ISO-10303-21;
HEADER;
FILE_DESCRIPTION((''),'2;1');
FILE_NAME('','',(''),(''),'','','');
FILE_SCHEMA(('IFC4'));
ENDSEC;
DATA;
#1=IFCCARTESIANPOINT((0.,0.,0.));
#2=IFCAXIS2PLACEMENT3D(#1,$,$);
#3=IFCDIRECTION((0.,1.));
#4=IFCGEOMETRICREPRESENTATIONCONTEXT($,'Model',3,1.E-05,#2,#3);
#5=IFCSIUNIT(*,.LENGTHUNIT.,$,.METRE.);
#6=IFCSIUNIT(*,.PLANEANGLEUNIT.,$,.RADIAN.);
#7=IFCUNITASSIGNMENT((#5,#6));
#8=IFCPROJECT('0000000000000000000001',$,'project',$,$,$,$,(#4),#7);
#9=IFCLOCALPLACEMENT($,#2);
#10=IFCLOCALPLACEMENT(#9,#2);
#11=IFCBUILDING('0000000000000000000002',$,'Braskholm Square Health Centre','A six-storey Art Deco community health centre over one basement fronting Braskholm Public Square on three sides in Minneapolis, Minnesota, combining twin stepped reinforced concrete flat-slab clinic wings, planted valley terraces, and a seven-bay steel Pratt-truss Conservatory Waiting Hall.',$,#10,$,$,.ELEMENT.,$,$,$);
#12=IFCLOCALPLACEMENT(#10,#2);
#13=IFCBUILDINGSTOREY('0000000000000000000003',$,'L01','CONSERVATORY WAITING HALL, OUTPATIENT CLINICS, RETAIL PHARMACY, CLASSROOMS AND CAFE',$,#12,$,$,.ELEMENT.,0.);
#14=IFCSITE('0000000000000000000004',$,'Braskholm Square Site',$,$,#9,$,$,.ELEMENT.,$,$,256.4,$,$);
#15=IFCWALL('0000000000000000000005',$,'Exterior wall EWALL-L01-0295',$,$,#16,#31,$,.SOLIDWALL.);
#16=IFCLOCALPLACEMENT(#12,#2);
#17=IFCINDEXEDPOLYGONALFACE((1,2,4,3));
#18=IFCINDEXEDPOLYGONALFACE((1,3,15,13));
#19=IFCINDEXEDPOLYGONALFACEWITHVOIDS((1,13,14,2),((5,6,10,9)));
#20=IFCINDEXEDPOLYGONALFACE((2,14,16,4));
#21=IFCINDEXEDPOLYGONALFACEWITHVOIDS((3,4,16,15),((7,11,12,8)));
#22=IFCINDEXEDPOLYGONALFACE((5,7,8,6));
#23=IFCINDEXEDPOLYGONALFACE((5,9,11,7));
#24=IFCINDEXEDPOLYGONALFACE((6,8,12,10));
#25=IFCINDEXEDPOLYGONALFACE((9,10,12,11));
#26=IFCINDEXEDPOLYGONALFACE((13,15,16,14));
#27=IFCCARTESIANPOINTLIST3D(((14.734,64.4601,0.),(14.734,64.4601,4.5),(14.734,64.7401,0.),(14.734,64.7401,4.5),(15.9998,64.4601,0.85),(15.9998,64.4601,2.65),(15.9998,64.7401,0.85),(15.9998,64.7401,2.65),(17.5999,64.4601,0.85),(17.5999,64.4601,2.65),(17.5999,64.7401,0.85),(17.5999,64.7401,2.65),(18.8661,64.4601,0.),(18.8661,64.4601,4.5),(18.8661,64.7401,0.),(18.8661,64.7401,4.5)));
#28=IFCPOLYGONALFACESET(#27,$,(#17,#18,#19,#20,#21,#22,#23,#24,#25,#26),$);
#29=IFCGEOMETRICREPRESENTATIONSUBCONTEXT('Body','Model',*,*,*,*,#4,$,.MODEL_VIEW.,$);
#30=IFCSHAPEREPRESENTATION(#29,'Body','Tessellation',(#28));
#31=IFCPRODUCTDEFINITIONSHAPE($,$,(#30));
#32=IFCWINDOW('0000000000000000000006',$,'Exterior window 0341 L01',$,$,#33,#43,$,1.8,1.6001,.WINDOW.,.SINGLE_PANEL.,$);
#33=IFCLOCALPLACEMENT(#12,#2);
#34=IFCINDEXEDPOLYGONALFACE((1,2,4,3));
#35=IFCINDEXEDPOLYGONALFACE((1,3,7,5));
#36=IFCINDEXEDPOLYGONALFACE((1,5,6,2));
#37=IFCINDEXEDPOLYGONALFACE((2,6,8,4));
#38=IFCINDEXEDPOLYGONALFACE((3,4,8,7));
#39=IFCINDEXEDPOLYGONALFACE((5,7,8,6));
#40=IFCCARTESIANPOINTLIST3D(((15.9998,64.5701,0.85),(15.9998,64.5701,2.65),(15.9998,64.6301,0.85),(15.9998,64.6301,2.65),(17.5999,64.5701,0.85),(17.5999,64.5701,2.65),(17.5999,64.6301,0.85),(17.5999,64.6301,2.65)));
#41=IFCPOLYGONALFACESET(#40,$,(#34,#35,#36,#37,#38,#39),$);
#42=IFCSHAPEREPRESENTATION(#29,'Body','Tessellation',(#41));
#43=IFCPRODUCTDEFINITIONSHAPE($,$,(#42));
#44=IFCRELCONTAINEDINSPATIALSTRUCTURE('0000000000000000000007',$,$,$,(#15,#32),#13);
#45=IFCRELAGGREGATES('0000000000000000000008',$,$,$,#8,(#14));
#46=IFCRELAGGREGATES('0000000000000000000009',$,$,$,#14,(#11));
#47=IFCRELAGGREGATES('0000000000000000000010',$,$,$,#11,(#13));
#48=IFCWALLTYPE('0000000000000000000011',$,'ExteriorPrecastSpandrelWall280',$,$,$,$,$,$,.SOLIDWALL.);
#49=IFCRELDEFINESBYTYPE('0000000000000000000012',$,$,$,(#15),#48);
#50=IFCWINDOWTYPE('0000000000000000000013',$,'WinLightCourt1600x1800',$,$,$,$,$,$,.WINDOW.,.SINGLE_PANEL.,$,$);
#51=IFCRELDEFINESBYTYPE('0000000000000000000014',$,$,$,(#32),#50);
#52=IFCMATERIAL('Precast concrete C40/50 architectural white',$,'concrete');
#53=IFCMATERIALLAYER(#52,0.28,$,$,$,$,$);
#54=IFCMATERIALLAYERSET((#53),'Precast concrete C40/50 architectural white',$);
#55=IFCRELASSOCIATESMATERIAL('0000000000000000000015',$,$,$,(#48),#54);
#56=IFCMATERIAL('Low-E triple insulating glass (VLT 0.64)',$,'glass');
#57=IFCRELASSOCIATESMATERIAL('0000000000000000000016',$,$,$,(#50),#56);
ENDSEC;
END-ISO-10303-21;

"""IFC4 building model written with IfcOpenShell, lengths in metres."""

from ifc_helpers import new_model, si_unit, direction, frame, frame_2d, origin, origin_with_axes, place, context, subcontext, project, spatial, rectangle, extrude, material, layer, layer_set, type_object, element, fill, save


model = new_model("IFC4")

# Units and contexts
model_context = context("Model", 3, precision=1e-05, world=origin(), true_north=direction((0.0, 1.0)))
body_context = subcontext(model_context, "Body", "Model", "MODEL_VIEW")
ifc_project = project(units=[si_unit("LENGTHUNIT", "METRE"), si_unit("PLANEANGLEUNIT", "RADIAN")], contexts=[model_context])

# Site, building, storey
site_placement = place(None, origin())
site = spatial("IfcSite", under=ifc_project, at=site_placement, Name="Braskholm Square Site", CompositionType="ELEMENT", RefElevation=256.4)
building_placement = place(site_placement, origin())
building = spatial("IfcBuilding", under=site, at=building_placement, Name="Braskholm Square Health Centre", Description="A six-storey Art Deco community health centre over one basement fronting Braskholm Public Square on three sides in Minneapolis, Minnesota, combining twin stepped reinforced concrete flat-slab clinic wings, planted valley terraces, and a seven-bay steel Pratt-truss Conservatory Waiting Hall.", CompositionType="ELEMENT")
storey_placement = place(building_placement, origin())
storey = spatial("IfcBuildingStorey", under=building, at=storey_placement, Name="L01", Description="CONSERVATORY WAITING HALL, OUTPATIENT CLINICS, RETAIL PHARMACY, CLASSROOMS AND CAFE", CompositionType="ELEMENT", Elevation=0.0)

# Shared definitions
ifc_material_1 = material(Name="Low-E triple insulating glass (VLT 0.64)", Category="glass")

# Shared definitions
ifc_material_2 = material(Name="Precast concrete C40/50 architectural white", Category="concrete")

# Wall, opening, window
ifc_layer = layer(ifc_material_2, 0.28)
ifc_layer_set = layer_set([ifc_layer], Name="Precast concrete C40/50 architectural white")
wall_type = type_object("IfcWallType", Name="ExteriorPrecastSpandrelWall280", PredefinedType="SOLIDWALL", material=ifc_layer_set)
wall_placement = place(storey_placement, frame((18.866, 64.6001, 0.0), z_axis=(0.0, 0.0, 1.0), x_axis=(-1.0, 0.0, 0.0)))
wall = element("IfcWall", 1, at=wall_placement, inside=storey, type_object=wall_type, Name="Exterior wall EWALL-L01-0295", PredefinedType="SOLIDWALL", context=body_context, shape_type="SweptSolid", body=[
    extrude(rectangle(XDim=4.1321, YDim=0.28, at=frame_2d((2.0659, 0.0))), origin(), (0.0, 0.0, 1.0), 4.5),
])
opening_placement = place(wall_placement, frame((1.2661, 0.0, 0.8501)))
opening = element("IfcOpeningElement", 2, at=opening_placement, cuts=wall, PredefinedType="OPENING", context=body_context, shape_type="SweptSolid", body=[
    extrude(rectangle(XDim=1.6001, YDim=1.8, at=frame_2d((0.8, 0.8999))), frame((0.0, 0.1499, 0.0), z_axis=(0.0, -1.0, 0.0), x_axis=(1.0, 0.0, 0.0)), (0.0, 0.0, 1.0), 0.3),
])
window_type = type_object("IfcWindowType", Name="WinLightCourt1600x1800", PartitioningType="SINGLE_PANEL", PredefinedType="WINDOW", material=ifc_material_1)
window_placement = place(opening_placement, origin_with_axes())
window = element("IfcWindow", 3, at=window_placement, inside=storey, type_object=window_type, Name="Exterior window 0341 L01", OverallHeight=1.8, OverallWidth=1.6001, PartitioningType="SINGLE_PANEL", PredefinedType="WINDOW", context=body_context, shape_type="SweptSolid", body=[
    extrude(rectangle(XDim=1.6001, YDim=1.8, at=frame_2d((0.8, 0.8999))), frame((0.0, 0.03, 0.0), z_axis=(0.0, -1.0, 0.0), x_axis=(1.0, 0.0, 0.0)), (0.0, 0.0, 1.0), 0.0601),
])
fill(opening, window)

save(model, "model.ifc")
